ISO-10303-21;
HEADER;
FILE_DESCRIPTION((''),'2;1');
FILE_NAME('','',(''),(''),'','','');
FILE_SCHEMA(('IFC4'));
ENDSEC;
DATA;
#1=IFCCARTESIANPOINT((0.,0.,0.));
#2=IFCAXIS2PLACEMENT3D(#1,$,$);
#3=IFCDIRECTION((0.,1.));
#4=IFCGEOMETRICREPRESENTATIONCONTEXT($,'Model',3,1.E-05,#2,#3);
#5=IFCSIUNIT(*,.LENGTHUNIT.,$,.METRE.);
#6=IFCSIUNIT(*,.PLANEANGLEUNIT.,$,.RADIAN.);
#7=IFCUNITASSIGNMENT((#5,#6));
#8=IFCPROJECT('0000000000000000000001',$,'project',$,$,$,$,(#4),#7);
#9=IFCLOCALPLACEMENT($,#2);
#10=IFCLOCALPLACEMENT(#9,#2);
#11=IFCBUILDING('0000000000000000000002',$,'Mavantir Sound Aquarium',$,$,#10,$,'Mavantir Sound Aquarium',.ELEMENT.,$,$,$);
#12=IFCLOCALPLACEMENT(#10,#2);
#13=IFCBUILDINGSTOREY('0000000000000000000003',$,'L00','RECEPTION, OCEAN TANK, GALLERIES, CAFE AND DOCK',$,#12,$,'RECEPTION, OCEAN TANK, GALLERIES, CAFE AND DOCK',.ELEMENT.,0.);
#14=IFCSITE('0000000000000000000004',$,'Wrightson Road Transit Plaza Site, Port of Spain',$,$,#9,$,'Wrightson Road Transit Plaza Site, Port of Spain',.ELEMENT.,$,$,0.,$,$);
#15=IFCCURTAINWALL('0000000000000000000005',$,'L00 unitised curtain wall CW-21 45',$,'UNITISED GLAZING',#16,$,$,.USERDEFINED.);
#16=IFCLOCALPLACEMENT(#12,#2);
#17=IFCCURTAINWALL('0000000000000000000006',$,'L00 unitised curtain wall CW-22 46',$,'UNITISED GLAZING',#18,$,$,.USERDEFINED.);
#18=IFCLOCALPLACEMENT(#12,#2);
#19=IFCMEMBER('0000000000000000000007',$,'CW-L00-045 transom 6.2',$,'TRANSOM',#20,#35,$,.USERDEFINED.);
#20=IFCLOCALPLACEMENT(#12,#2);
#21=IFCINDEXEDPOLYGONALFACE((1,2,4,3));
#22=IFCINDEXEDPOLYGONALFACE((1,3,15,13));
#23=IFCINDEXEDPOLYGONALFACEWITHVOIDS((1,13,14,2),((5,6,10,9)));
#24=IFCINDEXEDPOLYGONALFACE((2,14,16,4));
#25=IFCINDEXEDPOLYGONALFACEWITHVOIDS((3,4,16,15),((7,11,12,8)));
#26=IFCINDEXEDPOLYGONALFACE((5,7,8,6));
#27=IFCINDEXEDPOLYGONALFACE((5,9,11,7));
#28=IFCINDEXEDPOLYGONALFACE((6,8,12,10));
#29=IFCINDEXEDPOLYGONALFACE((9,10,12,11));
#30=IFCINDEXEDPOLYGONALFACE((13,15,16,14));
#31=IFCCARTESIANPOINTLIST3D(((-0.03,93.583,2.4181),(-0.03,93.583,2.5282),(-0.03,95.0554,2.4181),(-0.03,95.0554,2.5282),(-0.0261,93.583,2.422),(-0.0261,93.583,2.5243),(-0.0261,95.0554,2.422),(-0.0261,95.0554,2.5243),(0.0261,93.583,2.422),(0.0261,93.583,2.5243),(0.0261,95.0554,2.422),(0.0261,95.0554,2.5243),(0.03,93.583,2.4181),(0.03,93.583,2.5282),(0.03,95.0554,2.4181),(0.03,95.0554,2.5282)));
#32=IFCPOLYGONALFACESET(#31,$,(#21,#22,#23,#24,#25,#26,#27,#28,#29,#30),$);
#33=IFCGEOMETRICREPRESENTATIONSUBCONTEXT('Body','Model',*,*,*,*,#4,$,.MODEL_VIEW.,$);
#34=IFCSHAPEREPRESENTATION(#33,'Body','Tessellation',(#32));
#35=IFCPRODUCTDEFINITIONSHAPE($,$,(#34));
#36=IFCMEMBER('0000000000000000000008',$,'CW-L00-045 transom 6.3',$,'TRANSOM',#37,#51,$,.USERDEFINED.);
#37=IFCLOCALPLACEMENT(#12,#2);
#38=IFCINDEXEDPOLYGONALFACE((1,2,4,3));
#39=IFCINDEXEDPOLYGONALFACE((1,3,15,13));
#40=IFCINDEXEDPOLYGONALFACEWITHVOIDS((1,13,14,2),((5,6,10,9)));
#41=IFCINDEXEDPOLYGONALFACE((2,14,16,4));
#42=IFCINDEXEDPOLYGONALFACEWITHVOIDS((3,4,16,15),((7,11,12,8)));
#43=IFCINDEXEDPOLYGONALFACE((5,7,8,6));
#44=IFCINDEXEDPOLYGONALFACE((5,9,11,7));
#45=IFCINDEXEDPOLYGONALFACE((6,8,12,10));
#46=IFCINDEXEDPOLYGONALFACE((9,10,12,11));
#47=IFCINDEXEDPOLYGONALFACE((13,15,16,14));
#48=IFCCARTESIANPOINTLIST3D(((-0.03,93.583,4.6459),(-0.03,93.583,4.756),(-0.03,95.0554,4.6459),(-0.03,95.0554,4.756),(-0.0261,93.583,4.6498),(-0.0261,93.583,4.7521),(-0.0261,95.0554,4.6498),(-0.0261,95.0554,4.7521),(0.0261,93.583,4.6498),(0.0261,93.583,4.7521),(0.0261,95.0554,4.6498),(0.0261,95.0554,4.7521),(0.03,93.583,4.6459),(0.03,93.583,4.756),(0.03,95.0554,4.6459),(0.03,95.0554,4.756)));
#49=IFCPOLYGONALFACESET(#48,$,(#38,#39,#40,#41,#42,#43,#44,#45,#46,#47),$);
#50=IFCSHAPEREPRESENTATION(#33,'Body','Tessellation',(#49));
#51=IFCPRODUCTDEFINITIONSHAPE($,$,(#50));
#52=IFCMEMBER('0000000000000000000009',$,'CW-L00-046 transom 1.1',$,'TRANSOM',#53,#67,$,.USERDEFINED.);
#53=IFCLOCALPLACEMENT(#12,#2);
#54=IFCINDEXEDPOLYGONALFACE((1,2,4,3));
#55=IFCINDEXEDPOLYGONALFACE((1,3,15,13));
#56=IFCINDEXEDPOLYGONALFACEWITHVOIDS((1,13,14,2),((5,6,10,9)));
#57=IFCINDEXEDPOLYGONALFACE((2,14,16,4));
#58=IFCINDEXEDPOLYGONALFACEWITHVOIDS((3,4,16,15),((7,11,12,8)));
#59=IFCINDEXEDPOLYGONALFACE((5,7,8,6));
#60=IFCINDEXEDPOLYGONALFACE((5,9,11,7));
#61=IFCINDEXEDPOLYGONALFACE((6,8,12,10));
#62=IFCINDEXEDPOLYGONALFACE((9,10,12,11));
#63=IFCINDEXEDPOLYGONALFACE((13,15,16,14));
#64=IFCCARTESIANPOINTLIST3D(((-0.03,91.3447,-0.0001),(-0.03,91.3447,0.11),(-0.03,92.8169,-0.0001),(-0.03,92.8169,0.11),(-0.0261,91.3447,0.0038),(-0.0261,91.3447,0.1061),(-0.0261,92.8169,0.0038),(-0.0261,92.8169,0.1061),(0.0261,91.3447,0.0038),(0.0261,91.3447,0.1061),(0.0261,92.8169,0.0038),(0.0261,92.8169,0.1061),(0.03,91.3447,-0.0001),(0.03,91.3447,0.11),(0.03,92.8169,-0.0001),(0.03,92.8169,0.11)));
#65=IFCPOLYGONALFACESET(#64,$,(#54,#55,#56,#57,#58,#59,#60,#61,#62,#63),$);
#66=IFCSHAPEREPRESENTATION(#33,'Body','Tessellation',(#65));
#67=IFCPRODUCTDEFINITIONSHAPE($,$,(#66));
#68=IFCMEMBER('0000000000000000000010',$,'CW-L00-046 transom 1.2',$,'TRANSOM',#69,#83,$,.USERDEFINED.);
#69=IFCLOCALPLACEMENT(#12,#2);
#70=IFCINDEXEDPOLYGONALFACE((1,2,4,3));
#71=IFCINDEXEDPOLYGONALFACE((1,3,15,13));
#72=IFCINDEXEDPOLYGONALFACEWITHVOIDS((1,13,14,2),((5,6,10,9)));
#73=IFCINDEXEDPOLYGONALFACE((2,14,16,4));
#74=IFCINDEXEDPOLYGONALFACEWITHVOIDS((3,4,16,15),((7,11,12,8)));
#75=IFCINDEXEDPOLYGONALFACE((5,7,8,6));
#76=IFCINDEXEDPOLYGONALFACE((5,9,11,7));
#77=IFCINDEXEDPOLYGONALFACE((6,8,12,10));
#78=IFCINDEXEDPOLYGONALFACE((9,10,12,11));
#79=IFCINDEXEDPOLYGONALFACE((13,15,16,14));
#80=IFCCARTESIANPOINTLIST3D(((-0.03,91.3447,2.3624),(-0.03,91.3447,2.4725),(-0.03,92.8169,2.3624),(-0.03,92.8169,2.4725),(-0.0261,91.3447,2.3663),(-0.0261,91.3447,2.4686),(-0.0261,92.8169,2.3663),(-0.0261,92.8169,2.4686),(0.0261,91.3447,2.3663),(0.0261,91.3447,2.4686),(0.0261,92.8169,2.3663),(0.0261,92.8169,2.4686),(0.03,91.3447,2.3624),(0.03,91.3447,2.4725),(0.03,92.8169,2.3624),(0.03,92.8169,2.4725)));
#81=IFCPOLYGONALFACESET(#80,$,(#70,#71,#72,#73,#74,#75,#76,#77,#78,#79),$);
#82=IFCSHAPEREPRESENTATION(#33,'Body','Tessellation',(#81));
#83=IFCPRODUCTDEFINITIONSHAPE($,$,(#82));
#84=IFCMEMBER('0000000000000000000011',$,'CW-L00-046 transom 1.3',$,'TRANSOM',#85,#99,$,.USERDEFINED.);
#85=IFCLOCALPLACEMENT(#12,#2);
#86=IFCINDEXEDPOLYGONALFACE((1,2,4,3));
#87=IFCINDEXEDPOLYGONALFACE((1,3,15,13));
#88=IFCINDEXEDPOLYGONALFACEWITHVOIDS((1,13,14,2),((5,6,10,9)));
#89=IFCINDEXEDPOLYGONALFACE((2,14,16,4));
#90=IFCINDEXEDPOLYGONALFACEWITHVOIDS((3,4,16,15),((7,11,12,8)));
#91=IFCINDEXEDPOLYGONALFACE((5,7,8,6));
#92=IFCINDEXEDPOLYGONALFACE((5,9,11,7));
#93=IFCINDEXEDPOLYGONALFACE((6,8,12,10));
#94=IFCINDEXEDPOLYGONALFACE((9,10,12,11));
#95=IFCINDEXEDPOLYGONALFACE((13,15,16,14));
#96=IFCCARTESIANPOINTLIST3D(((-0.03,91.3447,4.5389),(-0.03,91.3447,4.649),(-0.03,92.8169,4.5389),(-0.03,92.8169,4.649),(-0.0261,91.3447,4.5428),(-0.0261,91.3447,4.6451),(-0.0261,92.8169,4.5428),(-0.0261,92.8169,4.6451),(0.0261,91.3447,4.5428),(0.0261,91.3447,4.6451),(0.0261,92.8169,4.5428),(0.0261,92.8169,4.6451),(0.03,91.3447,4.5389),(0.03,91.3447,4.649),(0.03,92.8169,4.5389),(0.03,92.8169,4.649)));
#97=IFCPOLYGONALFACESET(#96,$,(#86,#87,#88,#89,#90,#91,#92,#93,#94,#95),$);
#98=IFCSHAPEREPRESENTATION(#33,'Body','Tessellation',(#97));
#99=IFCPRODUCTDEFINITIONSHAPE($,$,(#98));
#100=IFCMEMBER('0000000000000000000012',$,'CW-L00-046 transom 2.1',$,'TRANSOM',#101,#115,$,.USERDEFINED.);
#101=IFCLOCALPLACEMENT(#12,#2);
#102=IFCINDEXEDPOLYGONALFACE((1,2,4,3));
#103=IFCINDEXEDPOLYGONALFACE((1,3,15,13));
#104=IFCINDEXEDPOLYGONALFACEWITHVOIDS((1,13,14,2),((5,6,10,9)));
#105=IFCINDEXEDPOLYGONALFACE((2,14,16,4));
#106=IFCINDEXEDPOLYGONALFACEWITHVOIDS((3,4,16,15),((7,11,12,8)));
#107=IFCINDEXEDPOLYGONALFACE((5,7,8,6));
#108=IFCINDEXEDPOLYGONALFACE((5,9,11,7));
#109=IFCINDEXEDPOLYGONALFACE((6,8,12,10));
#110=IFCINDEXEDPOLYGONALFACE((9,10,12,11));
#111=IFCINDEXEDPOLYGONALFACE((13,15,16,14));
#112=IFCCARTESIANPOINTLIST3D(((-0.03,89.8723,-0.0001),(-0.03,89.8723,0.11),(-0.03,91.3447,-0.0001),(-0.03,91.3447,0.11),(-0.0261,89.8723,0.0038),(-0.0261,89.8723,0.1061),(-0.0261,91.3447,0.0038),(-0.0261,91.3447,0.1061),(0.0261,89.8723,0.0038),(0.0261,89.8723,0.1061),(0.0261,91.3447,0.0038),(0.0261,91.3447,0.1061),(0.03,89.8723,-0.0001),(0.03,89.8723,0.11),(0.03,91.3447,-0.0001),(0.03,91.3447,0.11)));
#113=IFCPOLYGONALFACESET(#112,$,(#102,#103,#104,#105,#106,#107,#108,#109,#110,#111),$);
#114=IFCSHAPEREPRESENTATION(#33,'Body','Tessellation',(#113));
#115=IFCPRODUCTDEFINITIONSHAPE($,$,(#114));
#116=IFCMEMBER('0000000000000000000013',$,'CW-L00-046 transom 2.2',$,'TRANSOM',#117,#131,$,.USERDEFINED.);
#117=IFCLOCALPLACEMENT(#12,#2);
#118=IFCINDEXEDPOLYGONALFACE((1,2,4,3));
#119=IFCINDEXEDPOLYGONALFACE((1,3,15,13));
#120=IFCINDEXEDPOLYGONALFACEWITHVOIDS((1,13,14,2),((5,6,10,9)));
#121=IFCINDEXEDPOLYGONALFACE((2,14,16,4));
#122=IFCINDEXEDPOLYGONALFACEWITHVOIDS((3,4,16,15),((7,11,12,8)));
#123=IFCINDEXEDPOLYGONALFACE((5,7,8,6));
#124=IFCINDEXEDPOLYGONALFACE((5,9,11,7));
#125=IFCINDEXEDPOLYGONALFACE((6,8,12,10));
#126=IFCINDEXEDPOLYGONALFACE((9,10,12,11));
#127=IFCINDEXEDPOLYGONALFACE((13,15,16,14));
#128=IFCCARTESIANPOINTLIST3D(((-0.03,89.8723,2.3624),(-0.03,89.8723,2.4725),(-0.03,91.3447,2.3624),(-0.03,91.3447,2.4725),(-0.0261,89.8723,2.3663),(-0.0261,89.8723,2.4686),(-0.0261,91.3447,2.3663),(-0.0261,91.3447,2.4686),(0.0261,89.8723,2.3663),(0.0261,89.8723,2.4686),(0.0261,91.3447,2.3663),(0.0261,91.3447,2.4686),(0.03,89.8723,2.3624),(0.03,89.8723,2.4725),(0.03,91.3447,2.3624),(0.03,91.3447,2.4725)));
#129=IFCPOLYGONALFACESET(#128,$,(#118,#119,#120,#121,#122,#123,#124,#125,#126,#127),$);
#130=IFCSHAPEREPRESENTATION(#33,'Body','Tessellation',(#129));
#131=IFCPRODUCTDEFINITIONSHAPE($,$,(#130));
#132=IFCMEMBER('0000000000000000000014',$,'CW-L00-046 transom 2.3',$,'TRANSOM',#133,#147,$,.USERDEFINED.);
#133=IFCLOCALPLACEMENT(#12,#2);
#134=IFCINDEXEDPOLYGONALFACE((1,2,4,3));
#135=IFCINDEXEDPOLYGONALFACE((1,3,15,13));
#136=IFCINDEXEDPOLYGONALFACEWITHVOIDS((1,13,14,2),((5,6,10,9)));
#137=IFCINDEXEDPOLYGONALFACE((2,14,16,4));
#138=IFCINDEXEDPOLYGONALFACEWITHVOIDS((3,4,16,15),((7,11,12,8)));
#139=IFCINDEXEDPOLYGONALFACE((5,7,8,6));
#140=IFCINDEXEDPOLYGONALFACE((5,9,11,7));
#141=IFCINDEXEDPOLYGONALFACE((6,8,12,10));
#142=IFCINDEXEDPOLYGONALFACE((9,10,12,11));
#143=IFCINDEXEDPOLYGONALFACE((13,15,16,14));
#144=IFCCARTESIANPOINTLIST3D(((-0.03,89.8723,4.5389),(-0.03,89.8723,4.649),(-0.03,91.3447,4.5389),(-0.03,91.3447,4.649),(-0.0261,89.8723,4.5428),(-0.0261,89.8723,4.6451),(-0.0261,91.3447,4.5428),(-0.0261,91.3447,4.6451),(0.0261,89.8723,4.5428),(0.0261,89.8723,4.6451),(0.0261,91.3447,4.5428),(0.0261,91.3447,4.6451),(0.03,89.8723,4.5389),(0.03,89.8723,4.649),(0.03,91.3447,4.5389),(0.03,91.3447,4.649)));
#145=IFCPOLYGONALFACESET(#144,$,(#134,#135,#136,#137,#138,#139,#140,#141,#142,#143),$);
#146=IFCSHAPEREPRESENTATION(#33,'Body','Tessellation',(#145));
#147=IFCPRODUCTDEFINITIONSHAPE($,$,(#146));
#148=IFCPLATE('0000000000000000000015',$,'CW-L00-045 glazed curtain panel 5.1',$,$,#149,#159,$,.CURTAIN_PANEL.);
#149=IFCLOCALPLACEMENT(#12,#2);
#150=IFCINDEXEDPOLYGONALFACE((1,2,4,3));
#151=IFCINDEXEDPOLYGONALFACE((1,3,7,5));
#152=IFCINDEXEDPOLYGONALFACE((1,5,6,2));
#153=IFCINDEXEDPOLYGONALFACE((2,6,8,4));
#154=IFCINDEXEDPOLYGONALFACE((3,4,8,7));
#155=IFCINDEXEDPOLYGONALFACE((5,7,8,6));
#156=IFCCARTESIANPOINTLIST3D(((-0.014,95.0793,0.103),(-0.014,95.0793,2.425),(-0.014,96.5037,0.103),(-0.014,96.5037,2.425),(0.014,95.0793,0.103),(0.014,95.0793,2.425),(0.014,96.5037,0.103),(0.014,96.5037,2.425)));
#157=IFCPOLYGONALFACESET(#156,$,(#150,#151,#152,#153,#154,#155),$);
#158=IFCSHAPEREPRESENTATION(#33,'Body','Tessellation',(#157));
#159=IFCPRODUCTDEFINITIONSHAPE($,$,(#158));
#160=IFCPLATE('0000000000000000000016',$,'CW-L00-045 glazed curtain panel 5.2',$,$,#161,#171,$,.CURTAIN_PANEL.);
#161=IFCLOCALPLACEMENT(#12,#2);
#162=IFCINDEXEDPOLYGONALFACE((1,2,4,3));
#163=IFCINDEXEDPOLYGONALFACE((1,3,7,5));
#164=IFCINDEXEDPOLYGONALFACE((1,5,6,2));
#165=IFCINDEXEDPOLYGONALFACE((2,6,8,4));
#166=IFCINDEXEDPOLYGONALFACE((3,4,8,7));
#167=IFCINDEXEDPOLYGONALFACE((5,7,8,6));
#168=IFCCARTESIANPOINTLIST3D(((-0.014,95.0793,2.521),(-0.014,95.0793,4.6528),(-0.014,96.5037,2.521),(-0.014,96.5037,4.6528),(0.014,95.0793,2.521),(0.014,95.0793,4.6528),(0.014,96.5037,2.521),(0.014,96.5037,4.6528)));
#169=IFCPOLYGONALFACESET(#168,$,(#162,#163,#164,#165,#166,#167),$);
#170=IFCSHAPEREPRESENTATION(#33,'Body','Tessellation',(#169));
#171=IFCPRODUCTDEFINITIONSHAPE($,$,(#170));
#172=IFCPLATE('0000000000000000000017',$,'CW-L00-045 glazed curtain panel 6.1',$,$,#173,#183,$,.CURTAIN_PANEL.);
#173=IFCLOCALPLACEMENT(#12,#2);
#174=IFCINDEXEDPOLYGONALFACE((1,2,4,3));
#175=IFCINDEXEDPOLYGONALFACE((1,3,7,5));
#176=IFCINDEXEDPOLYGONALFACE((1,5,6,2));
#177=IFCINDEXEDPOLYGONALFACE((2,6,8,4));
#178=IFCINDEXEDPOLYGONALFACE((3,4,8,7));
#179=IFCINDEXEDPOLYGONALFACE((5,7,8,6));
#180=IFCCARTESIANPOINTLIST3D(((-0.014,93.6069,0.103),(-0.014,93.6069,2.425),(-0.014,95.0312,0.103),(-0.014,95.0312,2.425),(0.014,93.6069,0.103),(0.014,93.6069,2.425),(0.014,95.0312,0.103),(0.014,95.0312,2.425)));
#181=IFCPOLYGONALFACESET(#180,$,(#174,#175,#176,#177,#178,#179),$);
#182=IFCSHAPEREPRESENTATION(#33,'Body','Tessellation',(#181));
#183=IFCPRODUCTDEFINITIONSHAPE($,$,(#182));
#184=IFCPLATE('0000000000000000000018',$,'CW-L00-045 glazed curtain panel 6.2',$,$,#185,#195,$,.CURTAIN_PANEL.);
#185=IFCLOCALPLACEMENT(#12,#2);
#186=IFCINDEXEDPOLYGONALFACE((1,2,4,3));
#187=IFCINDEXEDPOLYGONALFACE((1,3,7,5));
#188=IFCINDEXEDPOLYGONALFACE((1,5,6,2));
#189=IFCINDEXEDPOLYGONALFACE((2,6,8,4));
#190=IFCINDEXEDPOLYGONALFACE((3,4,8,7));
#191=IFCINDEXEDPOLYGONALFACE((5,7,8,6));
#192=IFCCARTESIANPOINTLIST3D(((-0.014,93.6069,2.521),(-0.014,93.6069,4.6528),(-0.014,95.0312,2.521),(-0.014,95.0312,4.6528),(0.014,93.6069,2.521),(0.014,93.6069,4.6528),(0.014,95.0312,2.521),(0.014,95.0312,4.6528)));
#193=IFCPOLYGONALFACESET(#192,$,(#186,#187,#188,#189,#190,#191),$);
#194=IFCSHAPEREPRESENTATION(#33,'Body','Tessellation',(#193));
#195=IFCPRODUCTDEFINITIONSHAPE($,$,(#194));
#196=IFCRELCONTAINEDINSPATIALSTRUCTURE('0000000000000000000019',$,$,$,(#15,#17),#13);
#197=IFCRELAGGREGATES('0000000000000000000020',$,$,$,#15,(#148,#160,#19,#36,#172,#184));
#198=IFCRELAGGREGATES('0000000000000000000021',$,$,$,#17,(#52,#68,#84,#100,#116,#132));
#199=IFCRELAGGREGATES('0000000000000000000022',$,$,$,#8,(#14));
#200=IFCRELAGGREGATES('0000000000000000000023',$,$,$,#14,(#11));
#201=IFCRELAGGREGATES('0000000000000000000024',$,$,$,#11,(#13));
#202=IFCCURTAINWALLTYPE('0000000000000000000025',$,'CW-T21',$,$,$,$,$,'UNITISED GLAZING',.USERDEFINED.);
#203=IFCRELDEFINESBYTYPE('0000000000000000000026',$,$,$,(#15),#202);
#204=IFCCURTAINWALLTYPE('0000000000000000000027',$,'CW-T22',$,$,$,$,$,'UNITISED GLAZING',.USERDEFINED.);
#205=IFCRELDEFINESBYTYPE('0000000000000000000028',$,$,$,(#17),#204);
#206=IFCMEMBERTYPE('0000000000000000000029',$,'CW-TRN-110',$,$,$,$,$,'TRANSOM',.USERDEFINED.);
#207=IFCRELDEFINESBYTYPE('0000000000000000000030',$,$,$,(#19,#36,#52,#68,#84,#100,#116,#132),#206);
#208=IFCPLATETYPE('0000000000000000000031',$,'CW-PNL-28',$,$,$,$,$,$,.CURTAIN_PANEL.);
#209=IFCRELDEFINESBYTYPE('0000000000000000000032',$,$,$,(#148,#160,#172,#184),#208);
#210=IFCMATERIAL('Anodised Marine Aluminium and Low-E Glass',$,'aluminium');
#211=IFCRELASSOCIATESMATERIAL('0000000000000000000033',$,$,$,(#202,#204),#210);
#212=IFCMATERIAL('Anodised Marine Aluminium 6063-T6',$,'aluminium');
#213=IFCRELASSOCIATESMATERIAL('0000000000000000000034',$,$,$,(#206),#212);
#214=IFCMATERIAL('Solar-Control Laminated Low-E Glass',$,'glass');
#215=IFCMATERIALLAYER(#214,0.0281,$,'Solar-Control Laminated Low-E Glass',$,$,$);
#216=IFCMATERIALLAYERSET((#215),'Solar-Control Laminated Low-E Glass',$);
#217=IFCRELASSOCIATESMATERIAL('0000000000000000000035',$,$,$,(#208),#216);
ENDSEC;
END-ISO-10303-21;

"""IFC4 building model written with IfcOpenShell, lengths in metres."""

from ifc_helpers import new_model, si_unit, direction, frame, origin, origin_2d, place, context, subcontext, project, spatial, rectangle, hollow_rectangle, extrude, material, layer, layer_set, material_profile, profile_set, type_object, element, aggregate, save


model = new_model("IFC4")

# Units and contexts
model_context = context("Model", 3, precision=1e-05, world=origin(), true_north=direction((0.0, 1.0)))
body_context = subcontext(model_context, "Body", "Model", "MODEL_VIEW")
ifc_project = project(units=[si_unit("LENGTHUNIT", "METRE"), si_unit("PLANEANGLEUNIT", "RADIAN")], contexts=[model_context])

# Site, building, storey
site_placement = place(None, origin())
site = spatial("IfcSite", under=ifc_project, at=site_placement, Name="Wrightson Road Transit Plaza Site, Port of Spain", LongName="Wrightson Road Transit Plaza Site, Port of Spain", CompositionType="ELEMENT", RefElevation=0.0)
building_placement = place(site_placement, origin())
building = spatial("IfcBuilding", under=site, at=building_placement, Name="Mavantir Sound Aquarium", LongName="Mavantir Sound Aquarium", CompositionType="ELEMENT")
storey_placement = place(building_placement, origin())
storey = spatial("IfcBuildingStorey", under=building, at=storey_placement, Name="L00", Description="RECEPTION, OCEAN TANK, GALLERIES, CAFE AND DOCK", LongName="RECEPTION, OCEAN TANK, GALLERIES, CAFE AND DOCK", CompositionType="ELEMENT", Elevation=0.0)

# Curtain walls
ifc_material_1 = material(Name="Anodised Marine Aluminium and Low-E Glass", Category="aluminium")
curtain_wall_type_1 = type_object("IfcCurtainWallType", Name="CW-T21", ElementType="UNITISED GLAZING", PredefinedType="USERDEFINED", material=ifc_material_1)
curtain_wall_1_placement = place(storey_placement, origin())
curtain_wall_1 = element("IfcCurtainWall", 1, at=curtain_wall_1_placement, inside=storey, type_object=curtain_wall_type_1, Name="L00 unitised curtain wall CW-21 45", ObjectType="UNITISED GLAZING", PredefinedType="USERDEFINED")
ifc_material_2 = material(Name="Anodised Marine Aluminium 6063-T6", Category="aluminium")
curtain_wall_type_2 = type_object("IfcCurtainWallType", Name="CW-T22", ElementType="UNITISED GLAZING", PredefinedType="USERDEFINED", material=ifc_material_1)
curtain_wall_2_placement = place(storey_placement, origin())
curtain_wall_2 = element("IfcCurtainWall", 2, at=curtain_wall_2_placement, inside=storey, type_object=curtain_wall_type_2, Name="L00 unitised curtain wall CW-22 46", ObjectType="UNITISED GLAZING", PredefinedType="USERDEFINED")

# Members
ifc_material_profile_1 = material_profile(ifc_material_2, hollow_rectangle(XDim=0.0601, YDim=0.1101, WallThickness=0.0039, at=origin_2d()), Name="ALU-TRANSOM-110X60")
ifc_profile_set_1 = profile_set([ifc_material_profile_1], Name="Anodised Marine Aluminium 6063-T6")
member_type_1 = type_object("IfcMemberType", Name="CW-TRN-110", ElementType="TRANSOM", PredefinedType="USERDEFINED", material=ifc_profile_set_1)
member_1_placement = place(storey_placement, frame((0.0, 95.0554, 2.4731), z_axis=(0.0, -1.0, 0.0), x_axis=(1.0, 0.0, 0.0)))
member_1 = element("IfcMember", 3, at=member_1_placement, type_object=member_type_1, Name="CW-L00-045 transom 6.2", ObjectType="TRANSOM", PredefinedType="USERDEFINED", context=body_context, shape_type="SweptSolid", body=[
    extrude(hollow_rectangle(XDim=0.0601, YDim=0.1101, WallThickness=0.0039, at=origin_2d()), origin(), (0.0, 0.0, 1.0), 1.4724),
])
member_2_placement = place(storey_placement, frame((0.0, 95.0554, 4.7009), z_axis=(0.0, -1.0, 0.0), x_axis=(1.0, 0.0, 0.0)))
member_2 = element("IfcMember", 4, at=member_2_placement, type_object=member_type_1, Name="CW-L00-045 transom 6.3", ObjectType="TRANSOM", PredefinedType="USERDEFINED", context=body_context, shape_type="SweptSolid", body=[
    extrude(hollow_rectangle(XDim=0.0601, YDim=0.1101, WallThickness=0.0039, at=origin_2d()), origin(), (0.0, 0.0, 1.0), 1.4724),
])
member_3_placement = place(storey_placement, frame((0.0, 92.8169, 0.0549), z_axis=(0.0, -1.0, 0.0), x_axis=(1.0, 0.0, 0.0)))
member_3 = element("IfcMember", 5, at=member_3_placement, type_object=member_type_1, Name="CW-L00-046 transom 1.1", ObjectType="TRANSOM", PredefinedType="USERDEFINED", context=body_context, shape_type="SweptSolid", body=[
    extrude(hollow_rectangle(XDim=0.0601, YDim=0.1101, WallThickness=0.0039, at=origin_2d()), origin(), (0.0, 0.0, 1.0), 1.4722),
])
member_4_placement = place(storey_placement, frame((0.0, 92.8169, 2.4175), z_axis=(0.0, -1.0, 0.0), x_axis=(1.0, 0.0, 0.0)))
member_4 = element("IfcMember", 6, at=member_4_placement, type_object=member_type_1, Name="CW-L00-046 transom 1.2", ObjectType="TRANSOM", PredefinedType="USERDEFINED", context=body_context, shape_type="SweptSolid", body=[
    extrude(hollow_rectangle(XDim=0.0601, YDim=0.1101, WallThickness=0.0039, at=origin_2d()), origin(), (0.0, 0.0, 1.0), 1.4722),
])
member_5_placement = place(storey_placement, frame((0.0, 92.8169, 4.594), z_axis=(0.0, -1.0, 0.0), x_axis=(1.0, 0.0, 0.0)))
member_5 = element("IfcMember", 7, at=member_5_placement, type_object=member_type_1, Name="CW-L00-046 transom 1.3", ObjectType="TRANSOM", PredefinedType="USERDEFINED", context=body_context, shape_type="SweptSolid", body=[
    extrude(hollow_rectangle(XDim=0.0601, YDim=0.1101, WallThickness=0.0039, at=origin_2d()), origin(), (0.0, 0.0, 1.0), 1.4722),
])
member_6_placement = place(storey_placement, frame((0.0, 91.3447, 0.0549), z_axis=(0.0, -1.0, 0.0), x_axis=(1.0, 0.0, 0.0)))
member_6 = element("IfcMember", 8, at=member_6_placement, type_object=member_type_1, Name="CW-L00-046 transom 2.1", ObjectType="TRANSOM", PredefinedType="USERDEFINED", context=body_context, shape_type="SweptSolid", body=[
    extrude(hollow_rectangle(XDim=0.0601, YDim=0.1101, WallThickness=0.0039, at=origin_2d()), origin(), (0.0, 0.0, 1.0), 1.4724),
])
member_7_placement = place(storey_placement, frame((0.0, 91.3447, 2.4175), z_axis=(0.0, -1.0, 0.0), x_axis=(1.0, 0.0, 0.0)))
member_7 = element("IfcMember", 9, at=member_7_placement, type_object=member_type_1, Name="CW-L00-046 transom 2.2", ObjectType="TRANSOM", PredefinedType="USERDEFINED", context=body_context, shape_type="SweptSolid", body=[
    extrude(hollow_rectangle(XDim=0.0601, YDim=0.1101, WallThickness=0.0039, at=origin_2d()), origin(), (0.0, 0.0, 1.0), 1.4724),
])
member_8_placement = place(storey_placement, frame((0.0, 91.3447, 4.594), z_axis=(0.0, -1.0, 0.0), x_axis=(1.0, 0.0, 0.0)))
member_8 = element("IfcMember", 10, at=member_8_placement, type_object=member_type_1, Name="CW-L00-046 transom 2.3", ObjectType="TRANSOM", PredefinedType="USERDEFINED", context=body_context, shape_type="SweptSolid", body=[
    extrude(hollow_rectangle(XDim=0.0601, YDim=0.1101, WallThickness=0.0039, at=origin_2d()), origin(), (0.0, 0.0, 1.0), 1.4724),
])

# Plates
ifc_material_3 = material(Name="Solar-Control Laminated Low-E Glass", Category="glass")
ifc_layer_1 = layer(ifc_material_3, 0.0281, Name="Solar-Control Laminated Low-E Glass")
ifc_layer_set_1 = layer_set([ifc_layer_1], Name="Solar-Control Laminated Low-E Glass")
plate_type_1 = type_object("IfcPlateType", Name="CW-PNL-28", PredefinedType="CURTAIN_PANEL", material=ifc_layer_set_1)
plate_1_placement = place(storey_placement, frame((0.0, 95.7915, 0.103), z_axis=(0.0, 0.0, 1.0), x_axis=(0.0, -1.0, 0.0)))
plate_1 = element("IfcPlate", 11, at=plate_1_placement, type_object=plate_type_1, Name="CW-L00-045 glazed curtain panel 5.1", PredefinedType="CURTAIN_PANEL", context=body_context, shape_type="SweptSolid", body=[
    extrude(rectangle(XDim=1.4243, YDim=0.0281, at=origin_2d()), origin(), (0.0, 0.0, 1.0), 2.322),
])
plate_2_placement = place(storey_placement, frame((0.0, 95.7915, 2.521), z_axis=(0.0, 0.0, 1.0), x_axis=(0.0, -1.0, 0.0)))
plate_2 = element("IfcPlate", 12, at=plate_2_placement, type_object=plate_type_1, Name="CW-L00-045 glazed curtain panel 5.2", PredefinedType="CURTAIN_PANEL", context=body_context, shape_type="SweptSolid", body=[
    extrude(rectangle(XDim=1.4243, YDim=0.0281, at=origin_2d()), origin(), (0.0, 0.0, 1.0), 2.1318),
])
plate_3_placement = place(storey_placement, frame((0.0, 94.3191, 0.103), z_axis=(0.0, 0.0, 1.0), x_axis=(0.0, -1.0, 0.0)))
plate_3 = element("IfcPlate", 13, at=plate_3_placement, type_object=plate_type_1, Name="CW-L00-045 glazed curtain panel 6.1", PredefinedType="CURTAIN_PANEL", context=body_context, shape_type="SweptSolid", body=[
    extrude(rectangle(XDim=1.4243, YDim=0.0281, at=origin_2d()), origin(), (0.0, 0.0, 1.0), 2.322),
])
plate_4_placement = place(storey_placement, frame((0.0, 94.3191, 2.521), z_axis=(0.0, 0.0, 1.0), x_axis=(0.0, -1.0, 0.0)))
plate_4 = element("IfcPlate", 14, at=plate_4_placement, type_object=plate_type_1, Name="CW-L00-045 glazed curtain panel 6.2", PredefinedType="CURTAIN_PANEL", context=body_context, shape_type="SweptSolid", body=[
    extrude(rectangle(XDim=1.4243, YDim=0.0281, at=origin_2d()), origin(), (0.0, 0.0, 1.0), 2.1318),
])
aggregate(curtain_wall_1, [plate_1, plate_2, member_1, member_2, plate_3, plate_4])
aggregate(curtain_wall_2, [member_3, member_4, member_5, member_6, member_7, member_8])

save(model, "model.ifc")
